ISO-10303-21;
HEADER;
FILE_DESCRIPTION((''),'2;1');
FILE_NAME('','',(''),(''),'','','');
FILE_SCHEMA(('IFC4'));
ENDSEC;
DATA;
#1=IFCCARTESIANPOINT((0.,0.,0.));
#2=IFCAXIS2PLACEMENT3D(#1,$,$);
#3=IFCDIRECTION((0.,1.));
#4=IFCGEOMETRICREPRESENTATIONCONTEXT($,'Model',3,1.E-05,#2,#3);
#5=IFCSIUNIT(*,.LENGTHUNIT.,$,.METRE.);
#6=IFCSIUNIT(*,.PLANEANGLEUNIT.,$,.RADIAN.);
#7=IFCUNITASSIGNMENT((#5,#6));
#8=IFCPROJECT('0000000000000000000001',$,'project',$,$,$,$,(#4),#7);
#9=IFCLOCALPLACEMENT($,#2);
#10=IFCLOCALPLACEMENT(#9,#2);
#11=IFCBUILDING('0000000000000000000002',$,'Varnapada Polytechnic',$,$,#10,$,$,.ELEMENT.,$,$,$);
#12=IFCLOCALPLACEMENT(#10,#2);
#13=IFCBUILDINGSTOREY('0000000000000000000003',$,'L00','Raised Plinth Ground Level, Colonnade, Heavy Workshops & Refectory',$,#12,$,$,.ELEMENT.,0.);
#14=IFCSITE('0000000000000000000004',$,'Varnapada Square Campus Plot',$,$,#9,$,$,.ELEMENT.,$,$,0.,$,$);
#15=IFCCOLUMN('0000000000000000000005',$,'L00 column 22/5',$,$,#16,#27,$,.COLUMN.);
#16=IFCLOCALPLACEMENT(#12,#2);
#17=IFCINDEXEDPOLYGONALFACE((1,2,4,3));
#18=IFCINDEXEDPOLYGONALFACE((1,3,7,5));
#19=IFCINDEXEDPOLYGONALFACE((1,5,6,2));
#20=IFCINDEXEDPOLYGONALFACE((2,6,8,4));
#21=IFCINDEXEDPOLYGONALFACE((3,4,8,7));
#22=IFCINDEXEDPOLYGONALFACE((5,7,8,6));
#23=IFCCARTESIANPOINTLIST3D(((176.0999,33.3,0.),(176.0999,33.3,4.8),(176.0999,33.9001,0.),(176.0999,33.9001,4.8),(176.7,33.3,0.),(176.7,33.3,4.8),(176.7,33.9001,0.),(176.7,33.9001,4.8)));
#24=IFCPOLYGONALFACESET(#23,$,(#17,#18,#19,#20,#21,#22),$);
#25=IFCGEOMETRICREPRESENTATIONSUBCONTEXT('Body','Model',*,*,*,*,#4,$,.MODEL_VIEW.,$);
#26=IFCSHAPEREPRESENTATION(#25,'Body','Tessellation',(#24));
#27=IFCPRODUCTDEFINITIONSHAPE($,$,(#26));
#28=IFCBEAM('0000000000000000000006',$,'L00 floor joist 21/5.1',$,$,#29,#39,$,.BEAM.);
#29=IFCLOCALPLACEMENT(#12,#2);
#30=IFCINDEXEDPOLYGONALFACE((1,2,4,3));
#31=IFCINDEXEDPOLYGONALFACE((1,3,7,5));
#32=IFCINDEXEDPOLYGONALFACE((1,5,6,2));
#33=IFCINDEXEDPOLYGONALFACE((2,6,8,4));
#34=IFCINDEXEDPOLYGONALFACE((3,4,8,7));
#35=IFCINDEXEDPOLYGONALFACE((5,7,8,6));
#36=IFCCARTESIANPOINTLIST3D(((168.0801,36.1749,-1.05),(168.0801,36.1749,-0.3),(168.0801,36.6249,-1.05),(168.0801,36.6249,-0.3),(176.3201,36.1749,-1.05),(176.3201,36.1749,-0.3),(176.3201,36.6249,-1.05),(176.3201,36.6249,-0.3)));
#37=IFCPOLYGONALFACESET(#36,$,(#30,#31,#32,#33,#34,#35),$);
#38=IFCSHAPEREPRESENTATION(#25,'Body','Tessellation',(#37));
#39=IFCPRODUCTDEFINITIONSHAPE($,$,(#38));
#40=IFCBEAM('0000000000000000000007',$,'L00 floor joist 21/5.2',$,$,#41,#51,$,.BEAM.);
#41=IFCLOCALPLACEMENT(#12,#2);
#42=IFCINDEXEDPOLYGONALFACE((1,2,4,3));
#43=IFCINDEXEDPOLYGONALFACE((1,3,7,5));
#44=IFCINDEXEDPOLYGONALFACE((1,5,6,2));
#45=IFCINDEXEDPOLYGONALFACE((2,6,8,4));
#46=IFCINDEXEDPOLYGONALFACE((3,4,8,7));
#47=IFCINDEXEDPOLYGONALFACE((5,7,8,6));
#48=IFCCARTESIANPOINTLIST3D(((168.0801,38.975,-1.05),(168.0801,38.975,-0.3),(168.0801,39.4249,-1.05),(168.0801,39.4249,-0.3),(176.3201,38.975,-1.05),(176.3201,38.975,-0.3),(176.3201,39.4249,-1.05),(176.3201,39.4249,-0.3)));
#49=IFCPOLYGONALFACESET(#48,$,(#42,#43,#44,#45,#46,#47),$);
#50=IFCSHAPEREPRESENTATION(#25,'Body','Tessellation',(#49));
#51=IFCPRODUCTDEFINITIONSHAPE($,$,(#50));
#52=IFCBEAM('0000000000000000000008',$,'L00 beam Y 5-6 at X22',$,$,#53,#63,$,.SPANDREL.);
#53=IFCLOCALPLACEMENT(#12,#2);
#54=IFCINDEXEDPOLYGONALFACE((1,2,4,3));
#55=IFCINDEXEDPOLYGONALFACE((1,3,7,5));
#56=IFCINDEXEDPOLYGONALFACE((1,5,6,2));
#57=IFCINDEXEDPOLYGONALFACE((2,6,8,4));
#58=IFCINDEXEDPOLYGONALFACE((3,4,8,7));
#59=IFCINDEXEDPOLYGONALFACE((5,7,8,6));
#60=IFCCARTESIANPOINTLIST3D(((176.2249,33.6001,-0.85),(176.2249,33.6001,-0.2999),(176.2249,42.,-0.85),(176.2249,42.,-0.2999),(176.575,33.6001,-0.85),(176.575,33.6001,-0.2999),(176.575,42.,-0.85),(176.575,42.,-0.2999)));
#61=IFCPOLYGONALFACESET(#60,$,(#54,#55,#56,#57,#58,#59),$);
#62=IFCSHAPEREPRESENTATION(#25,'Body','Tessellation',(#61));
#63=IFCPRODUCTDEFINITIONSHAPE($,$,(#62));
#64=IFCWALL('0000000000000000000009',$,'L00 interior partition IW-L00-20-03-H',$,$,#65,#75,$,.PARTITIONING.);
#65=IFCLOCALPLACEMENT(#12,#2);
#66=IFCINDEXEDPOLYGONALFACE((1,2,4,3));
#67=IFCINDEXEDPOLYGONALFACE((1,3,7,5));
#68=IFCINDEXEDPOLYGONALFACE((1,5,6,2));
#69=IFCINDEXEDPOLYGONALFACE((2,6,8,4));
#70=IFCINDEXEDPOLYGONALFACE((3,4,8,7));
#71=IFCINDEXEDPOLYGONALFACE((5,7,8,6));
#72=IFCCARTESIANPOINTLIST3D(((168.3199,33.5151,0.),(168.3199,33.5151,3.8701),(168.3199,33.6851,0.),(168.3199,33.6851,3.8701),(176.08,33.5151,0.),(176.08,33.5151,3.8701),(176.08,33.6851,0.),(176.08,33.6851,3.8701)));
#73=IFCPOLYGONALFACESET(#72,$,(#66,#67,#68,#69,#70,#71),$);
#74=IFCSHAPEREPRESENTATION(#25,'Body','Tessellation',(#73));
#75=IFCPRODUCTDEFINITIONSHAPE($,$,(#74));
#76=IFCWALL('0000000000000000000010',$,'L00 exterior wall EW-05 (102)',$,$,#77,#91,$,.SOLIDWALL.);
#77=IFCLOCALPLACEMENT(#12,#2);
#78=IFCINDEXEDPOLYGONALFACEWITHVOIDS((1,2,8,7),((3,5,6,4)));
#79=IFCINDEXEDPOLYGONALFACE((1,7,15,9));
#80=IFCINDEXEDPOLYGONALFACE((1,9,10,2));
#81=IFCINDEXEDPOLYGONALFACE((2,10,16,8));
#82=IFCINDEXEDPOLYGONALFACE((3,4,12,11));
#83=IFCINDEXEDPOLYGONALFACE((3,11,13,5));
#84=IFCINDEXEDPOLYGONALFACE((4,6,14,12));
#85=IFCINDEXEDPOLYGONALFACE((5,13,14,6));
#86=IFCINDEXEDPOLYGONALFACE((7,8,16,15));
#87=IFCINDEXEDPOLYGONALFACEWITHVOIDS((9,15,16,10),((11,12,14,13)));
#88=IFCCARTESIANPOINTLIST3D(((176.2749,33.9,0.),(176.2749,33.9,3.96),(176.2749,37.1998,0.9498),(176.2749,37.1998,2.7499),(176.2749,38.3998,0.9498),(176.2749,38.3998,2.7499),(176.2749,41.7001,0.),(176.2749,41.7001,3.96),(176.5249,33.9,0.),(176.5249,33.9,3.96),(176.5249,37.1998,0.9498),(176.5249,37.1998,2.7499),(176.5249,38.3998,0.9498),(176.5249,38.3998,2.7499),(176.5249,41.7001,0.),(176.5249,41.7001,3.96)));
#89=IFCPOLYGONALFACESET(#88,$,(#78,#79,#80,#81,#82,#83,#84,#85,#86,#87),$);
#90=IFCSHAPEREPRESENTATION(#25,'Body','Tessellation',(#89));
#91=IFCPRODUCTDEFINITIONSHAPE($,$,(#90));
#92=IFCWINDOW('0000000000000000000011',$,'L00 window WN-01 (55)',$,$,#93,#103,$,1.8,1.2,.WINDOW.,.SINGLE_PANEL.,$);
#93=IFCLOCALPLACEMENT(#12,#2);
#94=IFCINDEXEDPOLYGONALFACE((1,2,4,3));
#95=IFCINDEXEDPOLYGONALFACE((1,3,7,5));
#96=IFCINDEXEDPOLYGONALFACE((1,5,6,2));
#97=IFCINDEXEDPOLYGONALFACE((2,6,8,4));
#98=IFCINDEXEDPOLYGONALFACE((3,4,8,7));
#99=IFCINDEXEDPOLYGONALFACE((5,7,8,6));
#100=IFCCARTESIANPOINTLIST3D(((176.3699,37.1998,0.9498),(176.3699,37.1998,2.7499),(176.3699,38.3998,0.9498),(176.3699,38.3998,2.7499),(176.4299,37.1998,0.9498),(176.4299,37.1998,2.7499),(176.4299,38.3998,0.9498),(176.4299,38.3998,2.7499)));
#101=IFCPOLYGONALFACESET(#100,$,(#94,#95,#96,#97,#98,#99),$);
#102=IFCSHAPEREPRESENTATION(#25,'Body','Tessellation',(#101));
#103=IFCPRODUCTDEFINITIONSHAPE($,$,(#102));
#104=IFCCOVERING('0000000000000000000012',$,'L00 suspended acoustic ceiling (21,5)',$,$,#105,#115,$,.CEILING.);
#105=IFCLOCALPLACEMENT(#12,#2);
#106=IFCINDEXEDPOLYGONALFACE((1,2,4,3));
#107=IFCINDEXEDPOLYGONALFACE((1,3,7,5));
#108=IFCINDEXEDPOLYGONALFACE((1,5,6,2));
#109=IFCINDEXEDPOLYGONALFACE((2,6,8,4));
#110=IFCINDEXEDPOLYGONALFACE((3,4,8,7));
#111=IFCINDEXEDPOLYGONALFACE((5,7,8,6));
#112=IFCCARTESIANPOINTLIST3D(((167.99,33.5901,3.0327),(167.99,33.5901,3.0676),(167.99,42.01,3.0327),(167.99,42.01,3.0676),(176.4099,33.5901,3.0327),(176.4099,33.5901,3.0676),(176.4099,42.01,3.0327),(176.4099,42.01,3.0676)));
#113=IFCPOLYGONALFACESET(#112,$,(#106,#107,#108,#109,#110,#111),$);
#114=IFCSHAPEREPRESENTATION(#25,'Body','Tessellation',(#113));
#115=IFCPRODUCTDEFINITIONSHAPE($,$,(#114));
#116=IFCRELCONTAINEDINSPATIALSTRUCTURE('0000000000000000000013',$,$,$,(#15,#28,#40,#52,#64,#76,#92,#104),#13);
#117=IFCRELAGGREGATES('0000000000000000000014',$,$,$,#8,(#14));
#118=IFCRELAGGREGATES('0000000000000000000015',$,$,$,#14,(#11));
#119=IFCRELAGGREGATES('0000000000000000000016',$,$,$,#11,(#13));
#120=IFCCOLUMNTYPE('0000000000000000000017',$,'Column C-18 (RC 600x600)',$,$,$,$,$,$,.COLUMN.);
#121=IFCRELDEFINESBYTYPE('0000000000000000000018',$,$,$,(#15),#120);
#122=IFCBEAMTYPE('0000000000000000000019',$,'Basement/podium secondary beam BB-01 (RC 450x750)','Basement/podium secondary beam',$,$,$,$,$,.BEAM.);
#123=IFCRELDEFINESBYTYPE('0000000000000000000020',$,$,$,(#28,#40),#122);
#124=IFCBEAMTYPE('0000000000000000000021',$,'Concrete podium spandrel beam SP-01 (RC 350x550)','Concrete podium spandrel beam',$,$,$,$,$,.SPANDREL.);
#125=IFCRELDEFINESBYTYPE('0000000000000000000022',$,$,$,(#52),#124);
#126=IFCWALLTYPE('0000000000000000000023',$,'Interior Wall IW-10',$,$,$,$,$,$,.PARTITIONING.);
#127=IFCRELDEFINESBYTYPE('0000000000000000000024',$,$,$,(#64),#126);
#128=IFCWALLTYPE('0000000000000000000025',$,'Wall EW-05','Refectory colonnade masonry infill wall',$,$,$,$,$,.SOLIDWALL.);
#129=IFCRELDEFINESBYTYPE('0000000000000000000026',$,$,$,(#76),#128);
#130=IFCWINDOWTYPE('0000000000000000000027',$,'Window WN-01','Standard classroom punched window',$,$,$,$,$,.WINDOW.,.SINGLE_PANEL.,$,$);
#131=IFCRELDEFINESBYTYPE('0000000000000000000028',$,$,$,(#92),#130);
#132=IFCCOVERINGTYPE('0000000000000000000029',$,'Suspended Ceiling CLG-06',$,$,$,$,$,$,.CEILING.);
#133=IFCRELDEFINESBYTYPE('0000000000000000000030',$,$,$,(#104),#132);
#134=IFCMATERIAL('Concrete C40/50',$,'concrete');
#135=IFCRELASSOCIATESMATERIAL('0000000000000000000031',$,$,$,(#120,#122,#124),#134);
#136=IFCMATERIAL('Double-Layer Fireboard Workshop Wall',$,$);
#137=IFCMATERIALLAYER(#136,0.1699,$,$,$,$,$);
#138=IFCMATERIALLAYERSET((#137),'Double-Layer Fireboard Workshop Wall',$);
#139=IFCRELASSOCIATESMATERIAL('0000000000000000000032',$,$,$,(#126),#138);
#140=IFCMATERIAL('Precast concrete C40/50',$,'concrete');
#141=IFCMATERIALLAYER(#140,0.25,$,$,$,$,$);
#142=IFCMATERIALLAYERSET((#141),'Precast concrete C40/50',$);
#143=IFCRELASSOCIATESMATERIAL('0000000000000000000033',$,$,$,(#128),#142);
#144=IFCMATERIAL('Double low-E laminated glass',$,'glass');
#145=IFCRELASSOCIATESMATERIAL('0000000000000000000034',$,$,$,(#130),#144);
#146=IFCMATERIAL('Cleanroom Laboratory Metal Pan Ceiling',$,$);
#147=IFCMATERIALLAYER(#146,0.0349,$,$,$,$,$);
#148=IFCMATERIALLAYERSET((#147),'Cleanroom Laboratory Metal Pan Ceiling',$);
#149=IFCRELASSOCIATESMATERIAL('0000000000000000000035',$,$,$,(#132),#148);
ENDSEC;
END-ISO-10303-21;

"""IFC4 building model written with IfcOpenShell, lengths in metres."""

from ifc_helpers import new_model, si_unit, direction, frame, frame_2d, origin, origin_2d, place, context, subcontext, project, spatial, rectangle, extrude, material, layer, layer_set, material_profile, profile_set, type_object, element, fill, save


model = new_model("IFC4")

# Units and contexts
model_context = context("Model", 3, precision=1e-05, world=origin(), true_north=direction((0.0, 1.0)))
body_context = subcontext(model_context, "Body", "Model", "MODEL_VIEW")
ifc_project = project(units=[si_unit("LENGTHUNIT", "METRE"), si_unit("PLANEANGLEUNIT", "RADIAN")], contexts=[model_context])

# Site, building, storey
site_placement = place(None, origin())
site = spatial("IfcSite", under=ifc_project, at=site_placement, Name="Varnapada Square Campus Plot", CompositionType="ELEMENT", RefElevation=0.0)
building_placement = place(site_placement, origin())
building = spatial("IfcBuilding", under=site, at=building_placement, Name="Varnapada Polytechnic", CompositionType="ELEMENT")
storey_placement = place(building_placement, origin())
storey = spatial("IfcBuildingStorey", under=building, at=storey_placement, Name="L00", Description="Raised Plinth Ground Level, Colonnade, Heavy Workshops & Refectory", CompositionType="ELEMENT", Elevation=0.0)

# Column
ifc_material_1 = material(Name="Concrete C40/50", Category="concrete")
ifc_material_profile_1 = material_profile(ifc_material_1, rectangle(XDim=0.6001, YDim=0.6001, at=origin_2d()), Name="RC 600x600")
ifc_profile_set_1 = profile_set([ifc_material_profile_1], Name="Concrete C40/50")
column_type = type_object("IfcColumnType", Name="Column C-18 (RC 600x600)", PredefinedType="COLUMN", material=ifc_profile_set_1)
column_placement = place(storey_placement, frame((176.3999, 33.6001, 0.0), z_axis=(0.0, 0.0, 1.0), x_axis=(1.0, 0.0, 0.0)))
element("IfcColumn", 1, at=column_placement, inside=storey, type_object=column_type, Name="L00 column 22/5", PredefinedType="COLUMN", context=body_context, shape_type="SweptSolid", body=[
    extrude(rectangle(XDim=0.6001, YDim=0.6001, at=origin_2d()), origin(), (0.0, 0.0, 1.0), 4.8),
])

# Beams
ifc_material_profile_2 = material_profile(ifc_material_1, rectangle(XDim=0.45, YDim=0.75, at=origin_2d()), Name="RC 450x750")
ifc_profile_set_2 = profile_set([ifc_material_profile_2], Name="Concrete C40/50")
beam_type_1 = type_object("IfcBeamType", Name="Basement/podium secondary beam BB-01 (RC 450x750)", Description="Basement/podium secondary beam", PredefinedType="BEAM", material=ifc_profile_set_2)
for number, where, z_axis, x_axis, name in (
    (2, (168.0801, 36.3999, -0.675), (1.0, 0.0, 0.0), (0.0, 1.0, 0.0), "L00 floor joist 21/5.1"),
    (3, (168.0801, 39.2, -0.675), (1.0, 0.0, 0.0), (0.0, 1.0, 0.0), "L00 floor joist 21/5.2"),
):
    element("IfcBeam", number, at=place(storey_placement, frame(where, z_axis=z_axis, x_axis=x_axis)), inside=storey, type_object=beam_type_1, Name=name, PredefinedType="BEAM", context=body_context, shape_type="SweptSolid", body=[
        extrude(rectangle(XDim=0.45, YDim=0.75, at=origin_2d()), origin(), (0.0, 0.0, 1.0), 8.24),
    ])
ifc_material_profile_3 = material_profile(ifc_material_1, rectangle(XDim=0.3501, YDim=0.55, at=origin_2d()), Name="RC 350x550")
ifc_profile_set_3 = profile_set([ifc_material_profile_3], Name="Concrete C40/50")
beam_type_2 = type_object("IfcBeamType", Name="Concrete podium spandrel beam SP-01 (RC 350x550)", Description="Concrete podium spandrel beam", PredefinedType="SPANDREL", material=ifc_profile_set_3)
beam_placement = place(storey_placement, frame((176.3999, 33.6001, -0.575), z_axis=(0.0, 1.0, 0.0), x_axis=(-1.0, 0.0, 0.0)))
element("IfcBeam", 4, at=beam_placement, inside=storey, type_object=beam_type_2, Name="L00 beam Y 5-6 at X22", PredefinedType="SPANDREL", context=body_context, shape_type="SweptSolid", body=[
    extrude(rectangle(XDim=0.3501, YDim=0.55, at=origin_2d()), origin(), (0.0, 0.0, 1.0), 8.3999),
])

# Wall
ifc_material_2 = material(Name="Double-Layer Fireboard Workshop Wall")
ifc_layer_1 = layer(ifc_material_2, 0.1699)
ifc_layer_set_1 = layer_set([ifc_layer_1], Name="Double-Layer Fireboard Workshop Wall")
wall_type_1 = type_object("IfcWallType", Name="Interior Wall IW-10", PredefinedType="PARTITIONING", material=ifc_layer_set_1)
wall_1_placement = place(storey_placement, frame((168.3201, 33.6001, 0.0), z_axis=(0.0, 0.0, 1.0), x_axis=(1.0, 0.0, 0.0)))
element("IfcWall", 5, at=wall_1_placement, inside=storey, type_object=wall_type_1, Name="L00 interior partition IW-L00-20-03-H", PredefinedType="PARTITIONING", context=body_context, shape_type="SweptSolid", body=[
    extrude(rectangle(XDim=7.76, YDim=0.1699, at=frame_2d((3.8799, 0.0))), origin(), (0.0, 0.0, 1.0), 3.8701),
])

# Wall, opening, window
ifc_material_3 = material(Name="Precast concrete C40/50", Category="concrete")
ifc_layer_2 = layer(ifc_material_3, 0.25)
ifc_layer_set_2 = layer_set([ifc_layer_2], Name="Precast concrete C40/50")
wall_type_2 = type_object("IfcWallType", Name="Wall EW-05", Description="Refectory colonnade masonry infill wall", PredefinedType="SOLIDWALL", material=ifc_layer_set_2)
wall_2_placement = place(storey_placement, frame((176.3999, 41.7, 0.0), z_axis=(0.0, 0.0, 1.0), x_axis=(0.0, -1.0, 0.0)))
wall_2 = element("IfcWall", 6, at=wall_2_placement, inside=storey, type_object=wall_type_2, Name="L00 exterior wall EW-05 (102)", PredefinedType="SOLIDWALL", context=body_context, shape_type="SweptSolid", body=[
    extrude(rectangle(XDim=7.8, YDim=0.25, at=frame_2d((3.8999, 0.0))), origin(), (0.0, 0.0, 1.0), 3.96),
])
opening_1_placement = place(wall_2_placement, frame((3.3, 0.0, 0.95)))
opening_1 = element("IfcOpeningElement", 7, at=opening_1_placement, cuts=wall_2, PredefinedType="OPENING", context=body_context, shape_type="SweptSolid", body=[
    extrude(rectangle(XDim=1.2, YDim=1.8, at=frame_2d((0.6001, 0.8999))), frame((0.0, 0.135, 0.0), z_axis=(0.0, -1.0, 0.0), x_axis=(1.0, 0.0, 0.0)), (0.0, 0.0, 1.0), 0.27),
])
ifc_material_4 = material(Name="Double low-E laminated glass", Category="glass")
window_type = type_object("IfcWindowType", Name="Window WN-01", Description="Standard classroom punched window", PartitioningType="SINGLE_PANEL", PredefinedType="WINDOW", material=ifc_material_4)
window_placement = place(opening_1_placement, origin())
window = element("IfcWindow", 8, at=window_placement, inside=storey, type_object=window_type, Name="L00 window WN-01 (55)", OverallHeight=1.8, OverallWidth=1.2, PartitioningType="SINGLE_PANEL", PredefinedType="WINDOW", context=body_context, shape_type="SweptSolid", body=[
    extrude(rectangle(XDim=1.2, YDim=1.8, at=frame_2d((0.6001, 0.8999))), frame((0.0, 0.03, 0.0), z_axis=(0.0, -1.0, 0.0), x_axis=(1.0, 0.0, 0.0)), (0.0, 0.0, 1.0), 0.0601),
])
fill(opening_1, window)

# Covering
ifc_material_5 = material(Name="Cleanroom Laboratory Metal Pan Ceiling")
ifc_layer_3 = layer(ifc_material_5, 0.0349)
ifc_layer_set_3 = layer_set([ifc_layer_3], Name="Cleanroom Laboratory Metal Pan Ceiling")
covering_type_1 = type_object("IfcCoveringType", Name="Suspended Ceiling CLG-06", PredefinedType="CEILING", material=ifc_layer_set_3)
covering_1_placement = place(storey_placement, frame((172.2, 37.8, 3.0327), z_axis=(0.0, 0.0, 1.0), x_axis=(1.0, 0.0, 0.0)))
element("IfcCovering", 9, at=covering_1_placement, inside=storey, type_object=covering_type_1, Name="L00 suspended acoustic ceiling (21,5)", PredefinedType="CEILING", context=body_context, shape_type="SweptSolid", body=[
    extrude(rectangle(XDim=8.4199, YDim=8.4199, at=origin_2d()), origin(), (0.0, 0.0, 1.0), 0.0349),
])

save(model, "model.ifc")
